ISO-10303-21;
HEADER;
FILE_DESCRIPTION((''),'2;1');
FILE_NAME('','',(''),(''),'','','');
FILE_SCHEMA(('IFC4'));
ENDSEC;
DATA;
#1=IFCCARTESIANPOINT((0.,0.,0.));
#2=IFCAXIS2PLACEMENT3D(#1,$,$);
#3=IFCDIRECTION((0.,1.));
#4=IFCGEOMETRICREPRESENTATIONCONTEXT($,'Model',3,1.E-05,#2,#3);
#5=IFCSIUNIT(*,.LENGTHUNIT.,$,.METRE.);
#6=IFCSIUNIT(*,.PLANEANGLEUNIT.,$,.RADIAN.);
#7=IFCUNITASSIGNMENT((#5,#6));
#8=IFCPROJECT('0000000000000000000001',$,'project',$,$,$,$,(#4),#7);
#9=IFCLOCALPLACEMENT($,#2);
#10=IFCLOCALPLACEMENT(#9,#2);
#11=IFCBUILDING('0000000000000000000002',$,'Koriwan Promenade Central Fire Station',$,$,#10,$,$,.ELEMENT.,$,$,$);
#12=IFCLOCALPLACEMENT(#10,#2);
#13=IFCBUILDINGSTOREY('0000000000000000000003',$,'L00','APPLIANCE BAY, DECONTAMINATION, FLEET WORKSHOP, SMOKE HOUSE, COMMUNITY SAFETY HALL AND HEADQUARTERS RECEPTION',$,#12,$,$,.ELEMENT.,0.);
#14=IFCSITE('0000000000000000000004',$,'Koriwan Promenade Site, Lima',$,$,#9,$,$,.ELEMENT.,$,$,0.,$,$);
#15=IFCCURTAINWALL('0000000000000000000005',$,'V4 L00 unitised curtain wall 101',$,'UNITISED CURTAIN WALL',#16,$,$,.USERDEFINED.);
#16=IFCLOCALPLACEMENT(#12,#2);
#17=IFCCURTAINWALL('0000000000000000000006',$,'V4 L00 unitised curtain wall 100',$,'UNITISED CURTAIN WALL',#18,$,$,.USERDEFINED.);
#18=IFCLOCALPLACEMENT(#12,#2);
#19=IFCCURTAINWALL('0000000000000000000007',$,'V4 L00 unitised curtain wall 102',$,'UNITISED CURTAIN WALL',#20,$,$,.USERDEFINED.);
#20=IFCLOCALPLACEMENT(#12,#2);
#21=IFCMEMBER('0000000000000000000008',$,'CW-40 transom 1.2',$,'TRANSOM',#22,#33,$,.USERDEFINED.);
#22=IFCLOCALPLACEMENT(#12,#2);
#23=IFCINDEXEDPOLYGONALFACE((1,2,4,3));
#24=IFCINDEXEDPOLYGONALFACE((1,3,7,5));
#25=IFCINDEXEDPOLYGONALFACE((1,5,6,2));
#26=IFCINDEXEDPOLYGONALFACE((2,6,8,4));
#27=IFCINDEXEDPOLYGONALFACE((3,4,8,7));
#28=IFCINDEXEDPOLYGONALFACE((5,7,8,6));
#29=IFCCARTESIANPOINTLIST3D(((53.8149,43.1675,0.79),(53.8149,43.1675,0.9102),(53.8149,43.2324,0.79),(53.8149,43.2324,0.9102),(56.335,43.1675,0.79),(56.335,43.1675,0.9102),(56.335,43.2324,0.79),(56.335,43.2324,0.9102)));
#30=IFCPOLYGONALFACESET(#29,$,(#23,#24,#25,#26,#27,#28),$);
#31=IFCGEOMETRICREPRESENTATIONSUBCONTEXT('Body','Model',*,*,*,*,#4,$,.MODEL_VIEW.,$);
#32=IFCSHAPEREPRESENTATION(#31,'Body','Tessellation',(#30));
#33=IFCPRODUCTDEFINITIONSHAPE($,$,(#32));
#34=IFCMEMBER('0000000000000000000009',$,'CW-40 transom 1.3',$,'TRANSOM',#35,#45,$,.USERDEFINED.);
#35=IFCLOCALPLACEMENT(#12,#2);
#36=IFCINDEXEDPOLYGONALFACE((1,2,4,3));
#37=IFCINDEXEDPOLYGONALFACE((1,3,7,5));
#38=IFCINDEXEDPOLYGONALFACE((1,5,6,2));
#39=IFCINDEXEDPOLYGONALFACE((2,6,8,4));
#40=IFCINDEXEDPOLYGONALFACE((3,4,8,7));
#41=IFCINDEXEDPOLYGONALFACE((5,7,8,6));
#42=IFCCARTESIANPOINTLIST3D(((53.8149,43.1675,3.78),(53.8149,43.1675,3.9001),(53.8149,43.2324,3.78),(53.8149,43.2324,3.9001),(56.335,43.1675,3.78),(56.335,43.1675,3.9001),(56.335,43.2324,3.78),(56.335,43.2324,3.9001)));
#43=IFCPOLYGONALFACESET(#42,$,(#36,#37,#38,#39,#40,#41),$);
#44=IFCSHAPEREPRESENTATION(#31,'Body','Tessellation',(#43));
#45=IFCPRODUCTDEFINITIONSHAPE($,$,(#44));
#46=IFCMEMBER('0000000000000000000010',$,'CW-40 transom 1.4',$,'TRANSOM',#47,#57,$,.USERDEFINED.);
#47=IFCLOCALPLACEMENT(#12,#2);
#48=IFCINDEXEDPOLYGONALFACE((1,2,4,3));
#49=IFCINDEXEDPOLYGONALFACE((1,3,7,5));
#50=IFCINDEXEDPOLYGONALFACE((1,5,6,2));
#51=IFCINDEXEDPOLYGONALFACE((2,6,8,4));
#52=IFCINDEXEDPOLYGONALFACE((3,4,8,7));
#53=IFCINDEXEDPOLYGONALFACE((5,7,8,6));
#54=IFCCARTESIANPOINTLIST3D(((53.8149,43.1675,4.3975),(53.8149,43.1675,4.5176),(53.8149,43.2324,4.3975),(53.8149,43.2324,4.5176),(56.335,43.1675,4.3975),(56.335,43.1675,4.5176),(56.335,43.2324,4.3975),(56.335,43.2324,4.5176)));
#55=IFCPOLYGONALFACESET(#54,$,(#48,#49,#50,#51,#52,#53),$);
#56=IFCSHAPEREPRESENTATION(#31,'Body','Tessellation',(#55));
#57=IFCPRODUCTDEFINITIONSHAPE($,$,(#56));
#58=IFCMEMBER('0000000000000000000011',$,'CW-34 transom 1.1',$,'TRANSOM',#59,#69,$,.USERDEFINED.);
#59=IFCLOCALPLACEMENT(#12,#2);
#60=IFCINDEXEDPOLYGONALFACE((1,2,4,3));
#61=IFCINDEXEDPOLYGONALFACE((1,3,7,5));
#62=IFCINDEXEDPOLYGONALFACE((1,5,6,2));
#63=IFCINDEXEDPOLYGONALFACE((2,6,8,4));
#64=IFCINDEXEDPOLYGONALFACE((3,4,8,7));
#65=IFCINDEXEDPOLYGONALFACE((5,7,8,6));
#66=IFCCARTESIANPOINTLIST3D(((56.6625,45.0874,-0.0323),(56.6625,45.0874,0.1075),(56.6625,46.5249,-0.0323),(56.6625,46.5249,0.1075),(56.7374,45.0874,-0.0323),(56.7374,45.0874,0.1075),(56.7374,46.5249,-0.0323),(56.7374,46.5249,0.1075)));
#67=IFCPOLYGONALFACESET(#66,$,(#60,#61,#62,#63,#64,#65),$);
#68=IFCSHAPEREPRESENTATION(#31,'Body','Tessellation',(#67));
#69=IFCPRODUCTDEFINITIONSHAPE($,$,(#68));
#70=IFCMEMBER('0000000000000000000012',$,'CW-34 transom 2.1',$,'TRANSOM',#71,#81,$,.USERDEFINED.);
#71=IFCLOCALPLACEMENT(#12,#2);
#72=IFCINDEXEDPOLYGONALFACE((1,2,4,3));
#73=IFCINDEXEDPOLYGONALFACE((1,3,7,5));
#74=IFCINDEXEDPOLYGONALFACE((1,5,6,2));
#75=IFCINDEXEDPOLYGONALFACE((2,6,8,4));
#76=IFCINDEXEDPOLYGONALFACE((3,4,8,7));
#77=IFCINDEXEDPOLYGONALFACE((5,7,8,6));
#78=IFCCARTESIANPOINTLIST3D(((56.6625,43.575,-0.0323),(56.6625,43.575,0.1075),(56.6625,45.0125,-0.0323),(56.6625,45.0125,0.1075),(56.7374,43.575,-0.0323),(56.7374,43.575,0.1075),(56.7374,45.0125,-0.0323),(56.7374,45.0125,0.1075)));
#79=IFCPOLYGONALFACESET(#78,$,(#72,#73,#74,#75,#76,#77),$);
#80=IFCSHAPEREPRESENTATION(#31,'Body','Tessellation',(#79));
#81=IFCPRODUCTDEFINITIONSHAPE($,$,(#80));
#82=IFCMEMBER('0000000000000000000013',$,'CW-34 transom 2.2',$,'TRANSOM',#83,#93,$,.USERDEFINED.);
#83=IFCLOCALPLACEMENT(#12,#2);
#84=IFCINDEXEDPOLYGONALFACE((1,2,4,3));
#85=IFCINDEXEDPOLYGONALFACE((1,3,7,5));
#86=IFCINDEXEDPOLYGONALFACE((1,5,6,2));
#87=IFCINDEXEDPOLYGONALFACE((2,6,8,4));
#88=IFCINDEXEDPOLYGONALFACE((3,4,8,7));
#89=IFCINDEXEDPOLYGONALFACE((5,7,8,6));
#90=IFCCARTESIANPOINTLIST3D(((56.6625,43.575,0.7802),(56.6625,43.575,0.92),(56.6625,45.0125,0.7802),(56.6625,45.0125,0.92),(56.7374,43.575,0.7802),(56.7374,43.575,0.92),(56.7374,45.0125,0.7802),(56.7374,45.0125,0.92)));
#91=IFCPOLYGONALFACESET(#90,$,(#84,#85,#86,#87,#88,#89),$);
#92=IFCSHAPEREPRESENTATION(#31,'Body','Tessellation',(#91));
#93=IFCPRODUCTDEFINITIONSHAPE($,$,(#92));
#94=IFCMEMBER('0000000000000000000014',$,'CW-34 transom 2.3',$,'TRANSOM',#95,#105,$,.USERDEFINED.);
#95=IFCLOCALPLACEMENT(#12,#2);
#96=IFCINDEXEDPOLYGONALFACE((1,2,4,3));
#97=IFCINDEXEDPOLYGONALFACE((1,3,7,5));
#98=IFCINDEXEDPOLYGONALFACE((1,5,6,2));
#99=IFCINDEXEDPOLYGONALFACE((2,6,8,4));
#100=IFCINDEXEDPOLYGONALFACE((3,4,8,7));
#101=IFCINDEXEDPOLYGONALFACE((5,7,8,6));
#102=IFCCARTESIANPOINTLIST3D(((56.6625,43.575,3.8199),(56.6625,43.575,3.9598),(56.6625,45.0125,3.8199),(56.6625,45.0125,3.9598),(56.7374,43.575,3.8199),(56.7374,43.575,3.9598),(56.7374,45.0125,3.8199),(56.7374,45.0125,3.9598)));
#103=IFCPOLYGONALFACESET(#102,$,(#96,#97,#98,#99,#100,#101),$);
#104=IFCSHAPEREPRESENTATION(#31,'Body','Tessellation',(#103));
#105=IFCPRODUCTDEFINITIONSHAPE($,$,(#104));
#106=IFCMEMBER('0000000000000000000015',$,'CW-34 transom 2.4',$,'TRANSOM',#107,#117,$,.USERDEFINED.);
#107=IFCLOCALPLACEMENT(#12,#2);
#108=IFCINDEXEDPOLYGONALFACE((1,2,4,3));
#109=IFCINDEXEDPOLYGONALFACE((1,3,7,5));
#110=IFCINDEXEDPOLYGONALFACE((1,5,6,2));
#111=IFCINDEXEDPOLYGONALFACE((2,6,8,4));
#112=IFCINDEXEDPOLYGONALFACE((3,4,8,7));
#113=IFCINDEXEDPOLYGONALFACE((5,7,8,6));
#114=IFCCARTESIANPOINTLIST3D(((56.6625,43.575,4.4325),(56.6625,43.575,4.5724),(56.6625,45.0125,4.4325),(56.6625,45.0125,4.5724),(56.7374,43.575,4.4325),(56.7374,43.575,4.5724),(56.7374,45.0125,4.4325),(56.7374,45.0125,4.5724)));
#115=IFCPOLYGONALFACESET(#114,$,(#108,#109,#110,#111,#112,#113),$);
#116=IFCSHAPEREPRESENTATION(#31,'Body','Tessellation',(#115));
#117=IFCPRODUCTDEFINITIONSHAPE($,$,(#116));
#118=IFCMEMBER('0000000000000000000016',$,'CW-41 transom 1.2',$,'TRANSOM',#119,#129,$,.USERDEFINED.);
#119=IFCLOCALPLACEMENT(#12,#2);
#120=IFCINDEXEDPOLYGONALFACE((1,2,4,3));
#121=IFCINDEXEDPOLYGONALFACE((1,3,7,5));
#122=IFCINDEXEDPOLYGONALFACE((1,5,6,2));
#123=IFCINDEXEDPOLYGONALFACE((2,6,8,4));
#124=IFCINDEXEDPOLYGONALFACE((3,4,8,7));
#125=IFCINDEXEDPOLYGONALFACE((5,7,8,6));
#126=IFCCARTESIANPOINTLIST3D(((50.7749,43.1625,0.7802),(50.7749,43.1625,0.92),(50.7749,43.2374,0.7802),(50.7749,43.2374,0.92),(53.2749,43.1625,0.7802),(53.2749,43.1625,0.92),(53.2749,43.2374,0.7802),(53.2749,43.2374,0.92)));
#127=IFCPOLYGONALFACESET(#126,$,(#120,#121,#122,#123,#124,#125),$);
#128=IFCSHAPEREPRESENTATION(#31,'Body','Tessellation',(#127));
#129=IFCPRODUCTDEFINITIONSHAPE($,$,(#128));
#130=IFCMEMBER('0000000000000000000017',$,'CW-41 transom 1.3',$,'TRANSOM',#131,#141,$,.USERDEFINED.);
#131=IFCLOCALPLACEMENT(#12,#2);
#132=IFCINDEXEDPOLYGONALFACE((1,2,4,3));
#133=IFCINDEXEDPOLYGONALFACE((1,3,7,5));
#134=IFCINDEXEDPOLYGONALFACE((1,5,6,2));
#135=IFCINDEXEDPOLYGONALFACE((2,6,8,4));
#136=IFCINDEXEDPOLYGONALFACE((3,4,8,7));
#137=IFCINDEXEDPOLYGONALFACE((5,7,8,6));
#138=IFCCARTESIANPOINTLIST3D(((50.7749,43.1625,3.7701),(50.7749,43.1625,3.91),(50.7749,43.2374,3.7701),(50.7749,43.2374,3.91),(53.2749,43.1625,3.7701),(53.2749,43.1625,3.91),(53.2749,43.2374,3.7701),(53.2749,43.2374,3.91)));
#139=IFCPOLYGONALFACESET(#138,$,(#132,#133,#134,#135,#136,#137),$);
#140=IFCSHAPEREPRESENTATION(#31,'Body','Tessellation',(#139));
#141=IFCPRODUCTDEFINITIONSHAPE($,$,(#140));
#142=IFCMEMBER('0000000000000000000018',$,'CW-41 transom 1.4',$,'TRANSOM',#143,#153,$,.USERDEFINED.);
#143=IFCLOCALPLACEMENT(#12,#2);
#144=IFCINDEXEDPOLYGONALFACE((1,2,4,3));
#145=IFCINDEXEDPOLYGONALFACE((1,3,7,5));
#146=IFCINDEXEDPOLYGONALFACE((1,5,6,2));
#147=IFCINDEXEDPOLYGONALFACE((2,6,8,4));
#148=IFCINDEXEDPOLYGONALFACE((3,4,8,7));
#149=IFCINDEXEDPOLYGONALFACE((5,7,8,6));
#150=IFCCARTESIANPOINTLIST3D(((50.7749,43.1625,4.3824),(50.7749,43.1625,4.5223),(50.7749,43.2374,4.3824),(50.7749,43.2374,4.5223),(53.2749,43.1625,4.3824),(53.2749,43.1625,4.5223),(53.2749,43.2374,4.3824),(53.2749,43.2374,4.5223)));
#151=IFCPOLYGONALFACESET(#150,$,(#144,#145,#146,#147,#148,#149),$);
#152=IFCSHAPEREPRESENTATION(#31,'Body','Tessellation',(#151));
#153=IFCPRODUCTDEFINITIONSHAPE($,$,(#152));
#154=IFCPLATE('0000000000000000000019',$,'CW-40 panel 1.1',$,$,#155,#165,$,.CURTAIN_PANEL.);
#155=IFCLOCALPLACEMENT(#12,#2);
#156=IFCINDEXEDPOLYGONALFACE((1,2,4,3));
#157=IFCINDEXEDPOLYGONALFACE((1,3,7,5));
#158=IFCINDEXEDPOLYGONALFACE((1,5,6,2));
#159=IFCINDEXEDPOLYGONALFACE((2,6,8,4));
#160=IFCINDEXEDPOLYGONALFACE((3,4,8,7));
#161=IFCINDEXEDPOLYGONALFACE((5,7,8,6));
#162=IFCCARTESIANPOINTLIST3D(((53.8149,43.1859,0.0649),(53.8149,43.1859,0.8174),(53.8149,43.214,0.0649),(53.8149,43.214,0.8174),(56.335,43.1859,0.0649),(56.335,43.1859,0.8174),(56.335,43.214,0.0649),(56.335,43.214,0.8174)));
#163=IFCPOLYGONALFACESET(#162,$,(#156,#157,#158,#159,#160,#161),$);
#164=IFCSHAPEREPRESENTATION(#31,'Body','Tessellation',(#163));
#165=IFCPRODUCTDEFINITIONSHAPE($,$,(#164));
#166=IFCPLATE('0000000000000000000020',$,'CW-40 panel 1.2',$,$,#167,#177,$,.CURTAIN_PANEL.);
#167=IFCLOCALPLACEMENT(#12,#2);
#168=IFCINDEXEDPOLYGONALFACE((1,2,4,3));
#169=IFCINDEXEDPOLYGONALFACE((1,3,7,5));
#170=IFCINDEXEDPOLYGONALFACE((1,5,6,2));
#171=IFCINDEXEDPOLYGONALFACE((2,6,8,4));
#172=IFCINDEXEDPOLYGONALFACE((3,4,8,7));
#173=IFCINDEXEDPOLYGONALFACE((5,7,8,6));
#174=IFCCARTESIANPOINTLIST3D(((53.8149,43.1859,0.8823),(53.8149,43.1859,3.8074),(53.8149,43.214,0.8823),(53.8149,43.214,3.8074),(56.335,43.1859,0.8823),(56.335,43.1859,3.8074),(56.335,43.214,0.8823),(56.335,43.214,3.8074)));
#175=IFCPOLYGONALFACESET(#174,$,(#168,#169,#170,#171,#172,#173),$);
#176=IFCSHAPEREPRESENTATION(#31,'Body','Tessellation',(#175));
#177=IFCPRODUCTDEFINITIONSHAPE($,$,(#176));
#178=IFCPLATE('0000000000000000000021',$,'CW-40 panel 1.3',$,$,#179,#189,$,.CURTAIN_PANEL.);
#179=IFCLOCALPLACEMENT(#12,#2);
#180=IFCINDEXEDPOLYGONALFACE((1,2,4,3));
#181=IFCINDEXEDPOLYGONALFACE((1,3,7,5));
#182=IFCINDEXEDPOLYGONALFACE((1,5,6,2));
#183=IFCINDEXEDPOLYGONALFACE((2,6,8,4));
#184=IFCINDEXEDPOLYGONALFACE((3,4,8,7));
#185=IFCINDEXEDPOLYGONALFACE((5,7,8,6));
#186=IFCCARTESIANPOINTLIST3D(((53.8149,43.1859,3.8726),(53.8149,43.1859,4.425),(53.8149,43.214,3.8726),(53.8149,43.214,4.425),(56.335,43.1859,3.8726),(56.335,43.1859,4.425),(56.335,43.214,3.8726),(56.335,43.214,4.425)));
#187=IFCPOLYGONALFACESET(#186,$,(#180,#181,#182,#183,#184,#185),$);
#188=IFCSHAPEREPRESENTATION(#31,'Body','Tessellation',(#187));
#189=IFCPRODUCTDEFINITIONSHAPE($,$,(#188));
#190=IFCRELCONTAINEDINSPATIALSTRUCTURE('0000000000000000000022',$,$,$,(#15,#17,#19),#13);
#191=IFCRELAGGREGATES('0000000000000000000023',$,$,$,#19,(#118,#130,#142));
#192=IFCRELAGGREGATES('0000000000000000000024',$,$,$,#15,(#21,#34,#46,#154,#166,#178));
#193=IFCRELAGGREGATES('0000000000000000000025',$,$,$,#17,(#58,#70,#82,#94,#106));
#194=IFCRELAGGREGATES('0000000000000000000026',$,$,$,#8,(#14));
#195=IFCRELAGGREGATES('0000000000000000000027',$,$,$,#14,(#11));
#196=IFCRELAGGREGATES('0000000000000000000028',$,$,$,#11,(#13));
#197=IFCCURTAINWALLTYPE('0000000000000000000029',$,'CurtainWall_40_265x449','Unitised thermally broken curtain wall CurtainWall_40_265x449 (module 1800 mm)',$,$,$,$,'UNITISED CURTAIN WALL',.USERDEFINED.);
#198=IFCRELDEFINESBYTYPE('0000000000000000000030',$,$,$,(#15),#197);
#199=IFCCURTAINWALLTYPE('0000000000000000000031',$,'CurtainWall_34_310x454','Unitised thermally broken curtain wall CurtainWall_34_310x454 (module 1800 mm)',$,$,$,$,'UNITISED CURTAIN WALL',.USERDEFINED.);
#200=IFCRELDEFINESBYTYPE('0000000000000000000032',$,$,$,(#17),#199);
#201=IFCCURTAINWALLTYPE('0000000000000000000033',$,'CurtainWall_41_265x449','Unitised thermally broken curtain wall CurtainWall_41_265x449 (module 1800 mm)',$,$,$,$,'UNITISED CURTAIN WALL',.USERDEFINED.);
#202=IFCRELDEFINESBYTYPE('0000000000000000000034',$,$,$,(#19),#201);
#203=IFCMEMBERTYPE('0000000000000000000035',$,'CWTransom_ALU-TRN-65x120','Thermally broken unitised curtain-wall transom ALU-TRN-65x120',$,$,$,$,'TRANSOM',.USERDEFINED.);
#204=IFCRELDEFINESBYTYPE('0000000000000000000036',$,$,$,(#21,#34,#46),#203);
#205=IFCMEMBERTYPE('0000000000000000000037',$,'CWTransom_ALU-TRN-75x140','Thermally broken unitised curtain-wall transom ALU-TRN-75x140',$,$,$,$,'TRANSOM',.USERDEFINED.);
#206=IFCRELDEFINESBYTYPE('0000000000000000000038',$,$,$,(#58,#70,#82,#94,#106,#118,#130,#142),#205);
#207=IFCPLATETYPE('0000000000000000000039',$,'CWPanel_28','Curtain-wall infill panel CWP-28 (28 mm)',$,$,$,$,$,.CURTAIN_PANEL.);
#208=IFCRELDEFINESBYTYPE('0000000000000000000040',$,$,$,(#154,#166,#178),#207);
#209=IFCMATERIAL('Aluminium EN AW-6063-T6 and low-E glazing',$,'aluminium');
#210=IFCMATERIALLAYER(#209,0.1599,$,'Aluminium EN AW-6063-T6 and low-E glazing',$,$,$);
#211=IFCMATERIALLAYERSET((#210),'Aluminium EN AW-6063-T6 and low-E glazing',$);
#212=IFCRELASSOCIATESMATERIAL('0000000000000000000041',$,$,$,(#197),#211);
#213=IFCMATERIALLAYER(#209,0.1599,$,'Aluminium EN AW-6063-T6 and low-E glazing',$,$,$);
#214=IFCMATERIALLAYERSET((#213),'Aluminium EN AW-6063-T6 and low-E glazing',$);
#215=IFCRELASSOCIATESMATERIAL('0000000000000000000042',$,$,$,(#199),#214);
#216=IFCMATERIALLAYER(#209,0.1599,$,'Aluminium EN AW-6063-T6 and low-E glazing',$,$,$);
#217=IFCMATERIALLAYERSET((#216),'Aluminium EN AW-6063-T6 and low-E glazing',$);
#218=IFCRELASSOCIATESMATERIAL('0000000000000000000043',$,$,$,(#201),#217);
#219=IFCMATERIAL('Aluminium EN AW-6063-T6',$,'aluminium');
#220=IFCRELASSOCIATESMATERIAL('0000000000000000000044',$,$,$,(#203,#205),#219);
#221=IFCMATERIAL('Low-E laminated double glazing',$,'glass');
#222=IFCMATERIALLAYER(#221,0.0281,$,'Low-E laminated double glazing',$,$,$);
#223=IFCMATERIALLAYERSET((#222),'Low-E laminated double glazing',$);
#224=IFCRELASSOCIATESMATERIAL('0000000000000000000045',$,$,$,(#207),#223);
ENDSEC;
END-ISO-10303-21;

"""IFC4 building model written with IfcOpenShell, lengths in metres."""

from ifc_helpers import new_model, si_unit, direction, frame, origin, origin_2d, place, context, subcontext, project, spatial, rectangle, extrude, material, layer, layer_set, material_profile, profile_set, type_object, element, aggregate, save


model = new_model("IFC4")

# Units and contexts
model_context = context("Model", 3, precision=1e-05, world=origin(), true_north=direction((0.0, 1.0)))
body_context = subcontext(model_context, "Body", "Model", "MODEL_VIEW")
ifc_project = project(units=[si_unit("LENGTHUNIT", "METRE"), si_unit("PLANEANGLEUNIT", "RADIAN")], contexts=[model_context])

# Site, building, storey
site_placement = place(None, origin())
site = spatial("IfcSite", under=ifc_project, at=site_placement, Name="Koriwan Promenade Site, Lima", CompositionType="ELEMENT", RefElevation=0.0)
building_placement = place(site_placement, origin())
building = spatial("IfcBuilding", under=site, at=building_placement, Name="Koriwan Promenade Central Fire Station", CompositionType="ELEMENT")
storey_placement = place(building_placement, origin())
storey = spatial("IfcBuildingStorey", under=building, at=storey_placement, Name="L00", Description="APPLIANCE BAY, DECONTAMINATION, FLEET WORKSHOP, SMOKE HOUSE, COMMUNITY SAFETY HALL AND HEADQUARTERS RECEPTION", CompositionType="ELEMENT", Elevation=0.0)

# Curtain walls
ifc_material_1 = material(Name="Aluminium EN AW-6063-T6 and low-E glazing", Category="aluminium")
ifc_layer_1 = layer(ifc_material_1, 0.1599, Name="Aluminium EN AW-6063-T6 and low-E glazing")
ifc_layer_set_1 = layer_set([ifc_layer_1], Name="Aluminium EN AW-6063-T6 and low-E glazing")
curtain_wall_type_1 = type_object("IfcCurtainWallType", Name="CurtainWall_40_265x449", Description="Unitised thermally broken curtain wall CurtainWall_40_265x449 (module 1800 mm)", ElementType="UNITISED CURTAIN WALL", PredefinedType="USERDEFINED", material=ifc_layer_set_1)
curtain_wall_1_placement = place(storey_placement, origin())
curtain_wall_1 = element("IfcCurtainWall", 1, at=curtain_wall_1_placement, inside=storey, type_object=curtain_wall_type_1, Name="V4 L00 unitised curtain wall 101", ObjectType="UNITISED CURTAIN WALL", PredefinedType="USERDEFINED")
ifc_material_2 = material(Name="Aluminium EN AW-6063-T6", Category="aluminium")
ifc_layer_2 = layer(ifc_material_1, 0.1599, Name="Aluminium EN AW-6063-T6 and low-E glazing")
ifc_layer_set_2 = layer_set([ifc_layer_2], Name="Aluminium EN AW-6063-T6 and low-E glazing")
curtain_wall_type_2 = type_object("IfcCurtainWallType", Name="CurtainWall_34_310x454", Description="Unitised thermally broken curtain wall CurtainWall_34_310x454 (module 1800 mm)", ElementType="UNITISED CURTAIN WALL", PredefinedType="USERDEFINED", material=ifc_layer_set_2)
curtain_wall_2_placement = place(storey_placement, origin())
curtain_wall_2 = element("IfcCurtainWall", 2, at=curtain_wall_2_placement, inside=storey, type_object=curtain_wall_type_2, Name="V4 L00 unitised curtain wall 100", ObjectType="UNITISED CURTAIN WALL", PredefinedType="USERDEFINED")

# Curtain wall
ifc_layer_3 = layer(ifc_material_1, 0.1599, Name="Aluminium EN AW-6063-T6 and low-E glazing")
ifc_layer_set_3 = layer_set([ifc_layer_3], Name="Aluminium EN AW-6063-T6 and low-E glazing")
curtain_wall_type_3 = type_object("IfcCurtainWallType", Name="CurtainWall_41_265x449", Description="Unitised thermally broken curtain wall CurtainWall_41_265x449 (module 1800 mm)", ElementType="UNITISED CURTAIN WALL", PredefinedType="USERDEFINED", material=ifc_layer_set_3)
curtain_wall_3_placement = place(storey_placement, origin())
curtain_wall_3 = element("IfcCurtainWall", 3, at=curtain_wall_3_placement, inside=storey, type_object=curtain_wall_type_3, Name="V4 L00 unitised curtain wall 102", ObjectType="UNITISED CURTAIN WALL", PredefinedType="USERDEFINED")

# Members
ifc_material_profile_1 = material_profile(ifc_material_2, rectangle(XDim=0.0649, YDim=0.1201, at=origin_2d()), Name="ALU-TRN-65x120")
ifc_profile_set_1 = profile_set([ifc_material_profile_1], Name="Aluminium EN AW-6063-T6")
member_type_1 = type_object("IfcMemberType", Name="CWTransom_ALU-TRN-65x120", Description="Thermally broken unitised curtain-wall transom ALU-TRN-65x120", ElementType="TRANSOM", PredefinedType="USERDEFINED", material=ifc_profile_set_1)
member_1_placement = place(storey_placement, frame((56.335, 43.2, 0.8501), z_axis=(-1.0, 0.0, 0.0), x_axis=(0.0, -1.0, 0.0)))
member_1 = element("IfcMember", 4, at=member_1_placement, type_object=member_type_1, Name="CW-40 transom 1.2", ObjectType="TRANSOM", PredefinedType="USERDEFINED", context=body_context, shape_type="SweptSolid", body=[
    extrude(rectangle(XDim=0.0649, YDim=0.1201, at=origin_2d()), origin(), (0.0, 0.0, 1.0), 2.52),
])
member_2_placement = place(storey_placement, frame((56.335, 43.2, 3.8401), z_axis=(-1.0, 0.0, 0.0), x_axis=(0.0, -1.0, 0.0)))
member_2 = element("IfcMember", 5, at=member_2_placement, type_object=member_type_1, Name="CW-40 transom 1.3", ObjectType="TRANSOM", PredefinedType="USERDEFINED", context=body_context, shape_type="SweptSolid", body=[
    extrude(rectangle(XDim=0.0649, YDim=0.1201, at=origin_2d()), origin(), (0.0, 0.0, 1.0), 2.52),
])
member_3_placement = place(storey_placement, frame((56.335, 43.2, 4.4575), z_axis=(-1.0, 0.0, 0.0), x_axis=(0.0, -1.0, 0.0)))
member_3 = element("IfcMember", 6, at=member_3_placement, type_object=member_type_1, Name="CW-40 transom 1.4", ObjectType="TRANSOM", PredefinedType="USERDEFINED", context=body_context, shape_type="SweptSolid", body=[
    extrude(rectangle(XDim=0.0649, YDim=0.1201, at=origin_2d()), origin(), (0.0, 0.0, 1.0), 2.52),
])
ifc_material_profile_2 = material_profile(ifc_material_2, rectangle(XDim=0.075, YDim=0.1399, at=origin_2d()), Name="ALU-TRN-75x140")
ifc_profile_set_2 = profile_set([ifc_material_profile_2], Name="Aluminium EN AW-6063-T6")
member_type_2 = type_object("IfcMemberType", Name="CWTransom_ALU-TRN-75x140", Description="Thermally broken unitised curtain-wall transom ALU-TRN-75x140", ElementType="TRANSOM", PredefinedType="USERDEFINED", material=ifc_profile_set_2)
member_4_placement = place(storey_placement, frame((56.7, 46.5249, 0.0376), z_axis=(0.0, -1.0, 0.0), x_axis=(1.0, 0.0, 0.0)))
member_4 = element("IfcMember", 7, at=member_4_placement, type_object=member_type_2, Name="CW-34 transom 1.1", ObjectType="TRANSOM", PredefinedType="USERDEFINED", context=body_context, shape_type="SweptSolid", body=[
    extrude(rectangle(XDim=0.075, YDim=0.1399, at=origin_2d()), origin(), (0.0, 0.0, 1.0), 1.4375),
])
member_5_placement = place(storey_placement, frame((56.7, 45.0125, 0.0376), z_axis=(0.0, -1.0, 0.0), x_axis=(1.0, 0.0, 0.0)))
member_5 = element("IfcMember", 8, at=member_5_placement, type_object=member_type_2, Name="CW-34 transom 2.1", ObjectType="TRANSOM", PredefinedType="USERDEFINED", context=body_context, shape_type="SweptSolid", body=[
    extrude(rectangle(XDim=0.075, YDim=0.1399, at=origin_2d()), origin(), (0.0, 0.0, 1.0), 1.4375),
])
member_6_placement = place(storey_placement, frame((56.7, 45.0125, 0.8501), z_axis=(0.0, -1.0, 0.0), x_axis=(1.0, 0.0, 0.0)))
member_6 = element("IfcMember", 9, at=member_6_placement, type_object=member_type_2, Name="CW-34 transom 2.2", ObjectType="TRANSOM", PredefinedType="USERDEFINED", context=body_context, shape_type="SweptSolid", body=[
    extrude(rectangle(XDim=0.075, YDim=0.1399, at=origin_2d()), origin(), (0.0, 0.0, 1.0), 1.4375),
])
member_7_placement = place(storey_placement, frame((56.7, 45.0125, 3.8899), z_axis=(0.0, -1.0, 0.0), x_axis=(1.0, 0.0, 0.0)))
member_7 = element("IfcMember", 10, at=member_7_placement, type_object=member_type_2, Name="CW-34 transom 2.3", ObjectType="TRANSOM", PredefinedType="USERDEFINED", context=body_context, shape_type="SweptSolid", body=[
    extrude(rectangle(XDim=0.075, YDim=0.1399, at=origin_2d()), origin(), (0.0, 0.0, 1.0), 1.4375),
])
member_8_placement = place(storey_placement, frame((56.7, 45.0125, 4.5024), z_axis=(0.0, -1.0, 0.0), x_axis=(1.0, 0.0, 0.0)))
member_8 = element("IfcMember", 11, at=member_8_placement, type_object=member_type_2, Name="CW-34 transom 2.4", ObjectType="TRANSOM", PredefinedType="USERDEFINED", context=body_context, shape_type="SweptSolid", body=[
    extrude(rectangle(XDim=0.075, YDim=0.1399, at=origin_2d()), origin(), (0.0, 0.0, 1.0), 1.4375),
])
member_9_placement = place(storey_placement, frame((53.2749, 43.2, 0.8501), z_axis=(-1.0, 0.0, 0.0), x_axis=(0.0, -1.0, 0.0)))
member_9 = element("IfcMember", 12, at=member_9_placement, type_object=member_type_2, Name="CW-41 transom 1.2", ObjectType="TRANSOM", PredefinedType="USERDEFINED", context=body_context, shape_type="SweptSolid", body=[
    extrude(rectangle(XDim=0.075, YDim=0.1399, at=origin_2d()), origin(), (0.0, 0.0, 1.0), 2.5),
])
member_10_placement = place(storey_placement, frame((53.2749, 43.2, 3.8401), z_axis=(-1.0, 0.0, 0.0), x_axis=(0.0, -1.0, 0.0)))
member_10 = element("IfcMember", 13, at=member_10_placement, type_object=member_type_2, Name="CW-41 transom 1.3", ObjectType="TRANSOM", PredefinedType="USERDEFINED", context=body_context, shape_type="SweptSolid", body=[
    extrude(rectangle(XDim=0.075, YDim=0.1399, at=origin_2d()), origin(), (0.0, 0.0, 1.0), 2.5),
])
member_11_placement = place(storey_placement, frame((53.2749, 43.2, 4.4524), z_axis=(-1.0, 0.0, 0.0), x_axis=(0.0, -1.0, 0.0)))
member_11 = element("IfcMember", 14, at=member_11_placement, type_object=member_type_2, Name="CW-41 transom 1.4", ObjectType="TRANSOM", PredefinedType="USERDEFINED", context=body_context, shape_type="SweptSolid", body=[
    extrude(rectangle(XDim=0.075, YDim=0.1399, at=origin_2d()), origin(), (0.0, 0.0, 1.0), 2.5),
])
aggregate(curtain_wall_3, [member_9, member_10, member_11])

# Plates
ifc_material_3 = material(Name="Low-E laminated double glazing", Category="glass")
ifc_layer_4 = layer(ifc_material_3, 0.0281, Name="Low-E laminated double glazing")
ifc_layer_set_4 = layer_set([ifc_layer_4], Name="Low-E laminated double glazing")
plate_type_1 = type_object("IfcPlateType", Name="CWPanel_28", Description="Curtain-wall infill panel CWP-28 (28 mm)", PredefinedType="CURTAIN_PANEL", material=ifc_layer_set_4)
plate_1_placement = place(storey_placement, frame((55.075, 43.2, 0.0649), z_axis=(0.0, 0.0, 1.0), x_axis=(-1.0, 0.0, 0.0)))
plate_1 = element("IfcPlate", 15, at=plate_1_placement, type_object=plate_type_1, Name="CW-40 panel 1.1", PredefinedType="CURTAIN_PANEL", context=body_context, shape_type="SweptSolid", body=[
    extrude(rectangle(XDim=2.52, YDim=0.0281, at=origin_2d()), origin(), (0.0, 0.0, 1.0), 0.7524),
])
plate_2_placement = place(storey_placement, frame((55.075, 43.2, 0.8823), z_axis=(0.0, 0.0, 1.0), x_axis=(-1.0, 0.0, 0.0)))
plate_2 = element("IfcPlate", 16, at=plate_2_placement, type_object=plate_type_1, Name="CW-40 panel 1.2", PredefinedType="CURTAIN_PANEL", context=body_context, shape_type="SweptSolid", body=[
    extrude(rectangle(XDim=2.52, YDim=0.0281, at=origin_2d()), origin(), (0.0, 0.0, 1.0), 2.925),
])
plate_3_placement = place(storey_placement, frame((55.075, 43.2, 3.8726), z_axis=(0.0, 0.0, 1.0), x_axis=(-1.0, 0.0, 0.0)))
plate_3 = element("IfcPlate", 17, at=plate_3_placement, type_object=plate_type_1, Name="CW-40 panel 1.3", PredefinedType="CURTAIN_PANEL", context=body_context, shape_type="SweptSolid", body=[
    extrude(rectangle(XDim=2.52, YDim=0.0281, at=origin_2d()), origin(), (0.0, 0.0, 1.0), 0.5525),
])
aggregate(curtain_wall_1, [member_1, member_2, member_3, plate_1, plate_2, plate_3])
aggregate(curtain_wall_2, [member_4, member_5, member_6, member_7, member_8])

save(model, "model.ifc")
